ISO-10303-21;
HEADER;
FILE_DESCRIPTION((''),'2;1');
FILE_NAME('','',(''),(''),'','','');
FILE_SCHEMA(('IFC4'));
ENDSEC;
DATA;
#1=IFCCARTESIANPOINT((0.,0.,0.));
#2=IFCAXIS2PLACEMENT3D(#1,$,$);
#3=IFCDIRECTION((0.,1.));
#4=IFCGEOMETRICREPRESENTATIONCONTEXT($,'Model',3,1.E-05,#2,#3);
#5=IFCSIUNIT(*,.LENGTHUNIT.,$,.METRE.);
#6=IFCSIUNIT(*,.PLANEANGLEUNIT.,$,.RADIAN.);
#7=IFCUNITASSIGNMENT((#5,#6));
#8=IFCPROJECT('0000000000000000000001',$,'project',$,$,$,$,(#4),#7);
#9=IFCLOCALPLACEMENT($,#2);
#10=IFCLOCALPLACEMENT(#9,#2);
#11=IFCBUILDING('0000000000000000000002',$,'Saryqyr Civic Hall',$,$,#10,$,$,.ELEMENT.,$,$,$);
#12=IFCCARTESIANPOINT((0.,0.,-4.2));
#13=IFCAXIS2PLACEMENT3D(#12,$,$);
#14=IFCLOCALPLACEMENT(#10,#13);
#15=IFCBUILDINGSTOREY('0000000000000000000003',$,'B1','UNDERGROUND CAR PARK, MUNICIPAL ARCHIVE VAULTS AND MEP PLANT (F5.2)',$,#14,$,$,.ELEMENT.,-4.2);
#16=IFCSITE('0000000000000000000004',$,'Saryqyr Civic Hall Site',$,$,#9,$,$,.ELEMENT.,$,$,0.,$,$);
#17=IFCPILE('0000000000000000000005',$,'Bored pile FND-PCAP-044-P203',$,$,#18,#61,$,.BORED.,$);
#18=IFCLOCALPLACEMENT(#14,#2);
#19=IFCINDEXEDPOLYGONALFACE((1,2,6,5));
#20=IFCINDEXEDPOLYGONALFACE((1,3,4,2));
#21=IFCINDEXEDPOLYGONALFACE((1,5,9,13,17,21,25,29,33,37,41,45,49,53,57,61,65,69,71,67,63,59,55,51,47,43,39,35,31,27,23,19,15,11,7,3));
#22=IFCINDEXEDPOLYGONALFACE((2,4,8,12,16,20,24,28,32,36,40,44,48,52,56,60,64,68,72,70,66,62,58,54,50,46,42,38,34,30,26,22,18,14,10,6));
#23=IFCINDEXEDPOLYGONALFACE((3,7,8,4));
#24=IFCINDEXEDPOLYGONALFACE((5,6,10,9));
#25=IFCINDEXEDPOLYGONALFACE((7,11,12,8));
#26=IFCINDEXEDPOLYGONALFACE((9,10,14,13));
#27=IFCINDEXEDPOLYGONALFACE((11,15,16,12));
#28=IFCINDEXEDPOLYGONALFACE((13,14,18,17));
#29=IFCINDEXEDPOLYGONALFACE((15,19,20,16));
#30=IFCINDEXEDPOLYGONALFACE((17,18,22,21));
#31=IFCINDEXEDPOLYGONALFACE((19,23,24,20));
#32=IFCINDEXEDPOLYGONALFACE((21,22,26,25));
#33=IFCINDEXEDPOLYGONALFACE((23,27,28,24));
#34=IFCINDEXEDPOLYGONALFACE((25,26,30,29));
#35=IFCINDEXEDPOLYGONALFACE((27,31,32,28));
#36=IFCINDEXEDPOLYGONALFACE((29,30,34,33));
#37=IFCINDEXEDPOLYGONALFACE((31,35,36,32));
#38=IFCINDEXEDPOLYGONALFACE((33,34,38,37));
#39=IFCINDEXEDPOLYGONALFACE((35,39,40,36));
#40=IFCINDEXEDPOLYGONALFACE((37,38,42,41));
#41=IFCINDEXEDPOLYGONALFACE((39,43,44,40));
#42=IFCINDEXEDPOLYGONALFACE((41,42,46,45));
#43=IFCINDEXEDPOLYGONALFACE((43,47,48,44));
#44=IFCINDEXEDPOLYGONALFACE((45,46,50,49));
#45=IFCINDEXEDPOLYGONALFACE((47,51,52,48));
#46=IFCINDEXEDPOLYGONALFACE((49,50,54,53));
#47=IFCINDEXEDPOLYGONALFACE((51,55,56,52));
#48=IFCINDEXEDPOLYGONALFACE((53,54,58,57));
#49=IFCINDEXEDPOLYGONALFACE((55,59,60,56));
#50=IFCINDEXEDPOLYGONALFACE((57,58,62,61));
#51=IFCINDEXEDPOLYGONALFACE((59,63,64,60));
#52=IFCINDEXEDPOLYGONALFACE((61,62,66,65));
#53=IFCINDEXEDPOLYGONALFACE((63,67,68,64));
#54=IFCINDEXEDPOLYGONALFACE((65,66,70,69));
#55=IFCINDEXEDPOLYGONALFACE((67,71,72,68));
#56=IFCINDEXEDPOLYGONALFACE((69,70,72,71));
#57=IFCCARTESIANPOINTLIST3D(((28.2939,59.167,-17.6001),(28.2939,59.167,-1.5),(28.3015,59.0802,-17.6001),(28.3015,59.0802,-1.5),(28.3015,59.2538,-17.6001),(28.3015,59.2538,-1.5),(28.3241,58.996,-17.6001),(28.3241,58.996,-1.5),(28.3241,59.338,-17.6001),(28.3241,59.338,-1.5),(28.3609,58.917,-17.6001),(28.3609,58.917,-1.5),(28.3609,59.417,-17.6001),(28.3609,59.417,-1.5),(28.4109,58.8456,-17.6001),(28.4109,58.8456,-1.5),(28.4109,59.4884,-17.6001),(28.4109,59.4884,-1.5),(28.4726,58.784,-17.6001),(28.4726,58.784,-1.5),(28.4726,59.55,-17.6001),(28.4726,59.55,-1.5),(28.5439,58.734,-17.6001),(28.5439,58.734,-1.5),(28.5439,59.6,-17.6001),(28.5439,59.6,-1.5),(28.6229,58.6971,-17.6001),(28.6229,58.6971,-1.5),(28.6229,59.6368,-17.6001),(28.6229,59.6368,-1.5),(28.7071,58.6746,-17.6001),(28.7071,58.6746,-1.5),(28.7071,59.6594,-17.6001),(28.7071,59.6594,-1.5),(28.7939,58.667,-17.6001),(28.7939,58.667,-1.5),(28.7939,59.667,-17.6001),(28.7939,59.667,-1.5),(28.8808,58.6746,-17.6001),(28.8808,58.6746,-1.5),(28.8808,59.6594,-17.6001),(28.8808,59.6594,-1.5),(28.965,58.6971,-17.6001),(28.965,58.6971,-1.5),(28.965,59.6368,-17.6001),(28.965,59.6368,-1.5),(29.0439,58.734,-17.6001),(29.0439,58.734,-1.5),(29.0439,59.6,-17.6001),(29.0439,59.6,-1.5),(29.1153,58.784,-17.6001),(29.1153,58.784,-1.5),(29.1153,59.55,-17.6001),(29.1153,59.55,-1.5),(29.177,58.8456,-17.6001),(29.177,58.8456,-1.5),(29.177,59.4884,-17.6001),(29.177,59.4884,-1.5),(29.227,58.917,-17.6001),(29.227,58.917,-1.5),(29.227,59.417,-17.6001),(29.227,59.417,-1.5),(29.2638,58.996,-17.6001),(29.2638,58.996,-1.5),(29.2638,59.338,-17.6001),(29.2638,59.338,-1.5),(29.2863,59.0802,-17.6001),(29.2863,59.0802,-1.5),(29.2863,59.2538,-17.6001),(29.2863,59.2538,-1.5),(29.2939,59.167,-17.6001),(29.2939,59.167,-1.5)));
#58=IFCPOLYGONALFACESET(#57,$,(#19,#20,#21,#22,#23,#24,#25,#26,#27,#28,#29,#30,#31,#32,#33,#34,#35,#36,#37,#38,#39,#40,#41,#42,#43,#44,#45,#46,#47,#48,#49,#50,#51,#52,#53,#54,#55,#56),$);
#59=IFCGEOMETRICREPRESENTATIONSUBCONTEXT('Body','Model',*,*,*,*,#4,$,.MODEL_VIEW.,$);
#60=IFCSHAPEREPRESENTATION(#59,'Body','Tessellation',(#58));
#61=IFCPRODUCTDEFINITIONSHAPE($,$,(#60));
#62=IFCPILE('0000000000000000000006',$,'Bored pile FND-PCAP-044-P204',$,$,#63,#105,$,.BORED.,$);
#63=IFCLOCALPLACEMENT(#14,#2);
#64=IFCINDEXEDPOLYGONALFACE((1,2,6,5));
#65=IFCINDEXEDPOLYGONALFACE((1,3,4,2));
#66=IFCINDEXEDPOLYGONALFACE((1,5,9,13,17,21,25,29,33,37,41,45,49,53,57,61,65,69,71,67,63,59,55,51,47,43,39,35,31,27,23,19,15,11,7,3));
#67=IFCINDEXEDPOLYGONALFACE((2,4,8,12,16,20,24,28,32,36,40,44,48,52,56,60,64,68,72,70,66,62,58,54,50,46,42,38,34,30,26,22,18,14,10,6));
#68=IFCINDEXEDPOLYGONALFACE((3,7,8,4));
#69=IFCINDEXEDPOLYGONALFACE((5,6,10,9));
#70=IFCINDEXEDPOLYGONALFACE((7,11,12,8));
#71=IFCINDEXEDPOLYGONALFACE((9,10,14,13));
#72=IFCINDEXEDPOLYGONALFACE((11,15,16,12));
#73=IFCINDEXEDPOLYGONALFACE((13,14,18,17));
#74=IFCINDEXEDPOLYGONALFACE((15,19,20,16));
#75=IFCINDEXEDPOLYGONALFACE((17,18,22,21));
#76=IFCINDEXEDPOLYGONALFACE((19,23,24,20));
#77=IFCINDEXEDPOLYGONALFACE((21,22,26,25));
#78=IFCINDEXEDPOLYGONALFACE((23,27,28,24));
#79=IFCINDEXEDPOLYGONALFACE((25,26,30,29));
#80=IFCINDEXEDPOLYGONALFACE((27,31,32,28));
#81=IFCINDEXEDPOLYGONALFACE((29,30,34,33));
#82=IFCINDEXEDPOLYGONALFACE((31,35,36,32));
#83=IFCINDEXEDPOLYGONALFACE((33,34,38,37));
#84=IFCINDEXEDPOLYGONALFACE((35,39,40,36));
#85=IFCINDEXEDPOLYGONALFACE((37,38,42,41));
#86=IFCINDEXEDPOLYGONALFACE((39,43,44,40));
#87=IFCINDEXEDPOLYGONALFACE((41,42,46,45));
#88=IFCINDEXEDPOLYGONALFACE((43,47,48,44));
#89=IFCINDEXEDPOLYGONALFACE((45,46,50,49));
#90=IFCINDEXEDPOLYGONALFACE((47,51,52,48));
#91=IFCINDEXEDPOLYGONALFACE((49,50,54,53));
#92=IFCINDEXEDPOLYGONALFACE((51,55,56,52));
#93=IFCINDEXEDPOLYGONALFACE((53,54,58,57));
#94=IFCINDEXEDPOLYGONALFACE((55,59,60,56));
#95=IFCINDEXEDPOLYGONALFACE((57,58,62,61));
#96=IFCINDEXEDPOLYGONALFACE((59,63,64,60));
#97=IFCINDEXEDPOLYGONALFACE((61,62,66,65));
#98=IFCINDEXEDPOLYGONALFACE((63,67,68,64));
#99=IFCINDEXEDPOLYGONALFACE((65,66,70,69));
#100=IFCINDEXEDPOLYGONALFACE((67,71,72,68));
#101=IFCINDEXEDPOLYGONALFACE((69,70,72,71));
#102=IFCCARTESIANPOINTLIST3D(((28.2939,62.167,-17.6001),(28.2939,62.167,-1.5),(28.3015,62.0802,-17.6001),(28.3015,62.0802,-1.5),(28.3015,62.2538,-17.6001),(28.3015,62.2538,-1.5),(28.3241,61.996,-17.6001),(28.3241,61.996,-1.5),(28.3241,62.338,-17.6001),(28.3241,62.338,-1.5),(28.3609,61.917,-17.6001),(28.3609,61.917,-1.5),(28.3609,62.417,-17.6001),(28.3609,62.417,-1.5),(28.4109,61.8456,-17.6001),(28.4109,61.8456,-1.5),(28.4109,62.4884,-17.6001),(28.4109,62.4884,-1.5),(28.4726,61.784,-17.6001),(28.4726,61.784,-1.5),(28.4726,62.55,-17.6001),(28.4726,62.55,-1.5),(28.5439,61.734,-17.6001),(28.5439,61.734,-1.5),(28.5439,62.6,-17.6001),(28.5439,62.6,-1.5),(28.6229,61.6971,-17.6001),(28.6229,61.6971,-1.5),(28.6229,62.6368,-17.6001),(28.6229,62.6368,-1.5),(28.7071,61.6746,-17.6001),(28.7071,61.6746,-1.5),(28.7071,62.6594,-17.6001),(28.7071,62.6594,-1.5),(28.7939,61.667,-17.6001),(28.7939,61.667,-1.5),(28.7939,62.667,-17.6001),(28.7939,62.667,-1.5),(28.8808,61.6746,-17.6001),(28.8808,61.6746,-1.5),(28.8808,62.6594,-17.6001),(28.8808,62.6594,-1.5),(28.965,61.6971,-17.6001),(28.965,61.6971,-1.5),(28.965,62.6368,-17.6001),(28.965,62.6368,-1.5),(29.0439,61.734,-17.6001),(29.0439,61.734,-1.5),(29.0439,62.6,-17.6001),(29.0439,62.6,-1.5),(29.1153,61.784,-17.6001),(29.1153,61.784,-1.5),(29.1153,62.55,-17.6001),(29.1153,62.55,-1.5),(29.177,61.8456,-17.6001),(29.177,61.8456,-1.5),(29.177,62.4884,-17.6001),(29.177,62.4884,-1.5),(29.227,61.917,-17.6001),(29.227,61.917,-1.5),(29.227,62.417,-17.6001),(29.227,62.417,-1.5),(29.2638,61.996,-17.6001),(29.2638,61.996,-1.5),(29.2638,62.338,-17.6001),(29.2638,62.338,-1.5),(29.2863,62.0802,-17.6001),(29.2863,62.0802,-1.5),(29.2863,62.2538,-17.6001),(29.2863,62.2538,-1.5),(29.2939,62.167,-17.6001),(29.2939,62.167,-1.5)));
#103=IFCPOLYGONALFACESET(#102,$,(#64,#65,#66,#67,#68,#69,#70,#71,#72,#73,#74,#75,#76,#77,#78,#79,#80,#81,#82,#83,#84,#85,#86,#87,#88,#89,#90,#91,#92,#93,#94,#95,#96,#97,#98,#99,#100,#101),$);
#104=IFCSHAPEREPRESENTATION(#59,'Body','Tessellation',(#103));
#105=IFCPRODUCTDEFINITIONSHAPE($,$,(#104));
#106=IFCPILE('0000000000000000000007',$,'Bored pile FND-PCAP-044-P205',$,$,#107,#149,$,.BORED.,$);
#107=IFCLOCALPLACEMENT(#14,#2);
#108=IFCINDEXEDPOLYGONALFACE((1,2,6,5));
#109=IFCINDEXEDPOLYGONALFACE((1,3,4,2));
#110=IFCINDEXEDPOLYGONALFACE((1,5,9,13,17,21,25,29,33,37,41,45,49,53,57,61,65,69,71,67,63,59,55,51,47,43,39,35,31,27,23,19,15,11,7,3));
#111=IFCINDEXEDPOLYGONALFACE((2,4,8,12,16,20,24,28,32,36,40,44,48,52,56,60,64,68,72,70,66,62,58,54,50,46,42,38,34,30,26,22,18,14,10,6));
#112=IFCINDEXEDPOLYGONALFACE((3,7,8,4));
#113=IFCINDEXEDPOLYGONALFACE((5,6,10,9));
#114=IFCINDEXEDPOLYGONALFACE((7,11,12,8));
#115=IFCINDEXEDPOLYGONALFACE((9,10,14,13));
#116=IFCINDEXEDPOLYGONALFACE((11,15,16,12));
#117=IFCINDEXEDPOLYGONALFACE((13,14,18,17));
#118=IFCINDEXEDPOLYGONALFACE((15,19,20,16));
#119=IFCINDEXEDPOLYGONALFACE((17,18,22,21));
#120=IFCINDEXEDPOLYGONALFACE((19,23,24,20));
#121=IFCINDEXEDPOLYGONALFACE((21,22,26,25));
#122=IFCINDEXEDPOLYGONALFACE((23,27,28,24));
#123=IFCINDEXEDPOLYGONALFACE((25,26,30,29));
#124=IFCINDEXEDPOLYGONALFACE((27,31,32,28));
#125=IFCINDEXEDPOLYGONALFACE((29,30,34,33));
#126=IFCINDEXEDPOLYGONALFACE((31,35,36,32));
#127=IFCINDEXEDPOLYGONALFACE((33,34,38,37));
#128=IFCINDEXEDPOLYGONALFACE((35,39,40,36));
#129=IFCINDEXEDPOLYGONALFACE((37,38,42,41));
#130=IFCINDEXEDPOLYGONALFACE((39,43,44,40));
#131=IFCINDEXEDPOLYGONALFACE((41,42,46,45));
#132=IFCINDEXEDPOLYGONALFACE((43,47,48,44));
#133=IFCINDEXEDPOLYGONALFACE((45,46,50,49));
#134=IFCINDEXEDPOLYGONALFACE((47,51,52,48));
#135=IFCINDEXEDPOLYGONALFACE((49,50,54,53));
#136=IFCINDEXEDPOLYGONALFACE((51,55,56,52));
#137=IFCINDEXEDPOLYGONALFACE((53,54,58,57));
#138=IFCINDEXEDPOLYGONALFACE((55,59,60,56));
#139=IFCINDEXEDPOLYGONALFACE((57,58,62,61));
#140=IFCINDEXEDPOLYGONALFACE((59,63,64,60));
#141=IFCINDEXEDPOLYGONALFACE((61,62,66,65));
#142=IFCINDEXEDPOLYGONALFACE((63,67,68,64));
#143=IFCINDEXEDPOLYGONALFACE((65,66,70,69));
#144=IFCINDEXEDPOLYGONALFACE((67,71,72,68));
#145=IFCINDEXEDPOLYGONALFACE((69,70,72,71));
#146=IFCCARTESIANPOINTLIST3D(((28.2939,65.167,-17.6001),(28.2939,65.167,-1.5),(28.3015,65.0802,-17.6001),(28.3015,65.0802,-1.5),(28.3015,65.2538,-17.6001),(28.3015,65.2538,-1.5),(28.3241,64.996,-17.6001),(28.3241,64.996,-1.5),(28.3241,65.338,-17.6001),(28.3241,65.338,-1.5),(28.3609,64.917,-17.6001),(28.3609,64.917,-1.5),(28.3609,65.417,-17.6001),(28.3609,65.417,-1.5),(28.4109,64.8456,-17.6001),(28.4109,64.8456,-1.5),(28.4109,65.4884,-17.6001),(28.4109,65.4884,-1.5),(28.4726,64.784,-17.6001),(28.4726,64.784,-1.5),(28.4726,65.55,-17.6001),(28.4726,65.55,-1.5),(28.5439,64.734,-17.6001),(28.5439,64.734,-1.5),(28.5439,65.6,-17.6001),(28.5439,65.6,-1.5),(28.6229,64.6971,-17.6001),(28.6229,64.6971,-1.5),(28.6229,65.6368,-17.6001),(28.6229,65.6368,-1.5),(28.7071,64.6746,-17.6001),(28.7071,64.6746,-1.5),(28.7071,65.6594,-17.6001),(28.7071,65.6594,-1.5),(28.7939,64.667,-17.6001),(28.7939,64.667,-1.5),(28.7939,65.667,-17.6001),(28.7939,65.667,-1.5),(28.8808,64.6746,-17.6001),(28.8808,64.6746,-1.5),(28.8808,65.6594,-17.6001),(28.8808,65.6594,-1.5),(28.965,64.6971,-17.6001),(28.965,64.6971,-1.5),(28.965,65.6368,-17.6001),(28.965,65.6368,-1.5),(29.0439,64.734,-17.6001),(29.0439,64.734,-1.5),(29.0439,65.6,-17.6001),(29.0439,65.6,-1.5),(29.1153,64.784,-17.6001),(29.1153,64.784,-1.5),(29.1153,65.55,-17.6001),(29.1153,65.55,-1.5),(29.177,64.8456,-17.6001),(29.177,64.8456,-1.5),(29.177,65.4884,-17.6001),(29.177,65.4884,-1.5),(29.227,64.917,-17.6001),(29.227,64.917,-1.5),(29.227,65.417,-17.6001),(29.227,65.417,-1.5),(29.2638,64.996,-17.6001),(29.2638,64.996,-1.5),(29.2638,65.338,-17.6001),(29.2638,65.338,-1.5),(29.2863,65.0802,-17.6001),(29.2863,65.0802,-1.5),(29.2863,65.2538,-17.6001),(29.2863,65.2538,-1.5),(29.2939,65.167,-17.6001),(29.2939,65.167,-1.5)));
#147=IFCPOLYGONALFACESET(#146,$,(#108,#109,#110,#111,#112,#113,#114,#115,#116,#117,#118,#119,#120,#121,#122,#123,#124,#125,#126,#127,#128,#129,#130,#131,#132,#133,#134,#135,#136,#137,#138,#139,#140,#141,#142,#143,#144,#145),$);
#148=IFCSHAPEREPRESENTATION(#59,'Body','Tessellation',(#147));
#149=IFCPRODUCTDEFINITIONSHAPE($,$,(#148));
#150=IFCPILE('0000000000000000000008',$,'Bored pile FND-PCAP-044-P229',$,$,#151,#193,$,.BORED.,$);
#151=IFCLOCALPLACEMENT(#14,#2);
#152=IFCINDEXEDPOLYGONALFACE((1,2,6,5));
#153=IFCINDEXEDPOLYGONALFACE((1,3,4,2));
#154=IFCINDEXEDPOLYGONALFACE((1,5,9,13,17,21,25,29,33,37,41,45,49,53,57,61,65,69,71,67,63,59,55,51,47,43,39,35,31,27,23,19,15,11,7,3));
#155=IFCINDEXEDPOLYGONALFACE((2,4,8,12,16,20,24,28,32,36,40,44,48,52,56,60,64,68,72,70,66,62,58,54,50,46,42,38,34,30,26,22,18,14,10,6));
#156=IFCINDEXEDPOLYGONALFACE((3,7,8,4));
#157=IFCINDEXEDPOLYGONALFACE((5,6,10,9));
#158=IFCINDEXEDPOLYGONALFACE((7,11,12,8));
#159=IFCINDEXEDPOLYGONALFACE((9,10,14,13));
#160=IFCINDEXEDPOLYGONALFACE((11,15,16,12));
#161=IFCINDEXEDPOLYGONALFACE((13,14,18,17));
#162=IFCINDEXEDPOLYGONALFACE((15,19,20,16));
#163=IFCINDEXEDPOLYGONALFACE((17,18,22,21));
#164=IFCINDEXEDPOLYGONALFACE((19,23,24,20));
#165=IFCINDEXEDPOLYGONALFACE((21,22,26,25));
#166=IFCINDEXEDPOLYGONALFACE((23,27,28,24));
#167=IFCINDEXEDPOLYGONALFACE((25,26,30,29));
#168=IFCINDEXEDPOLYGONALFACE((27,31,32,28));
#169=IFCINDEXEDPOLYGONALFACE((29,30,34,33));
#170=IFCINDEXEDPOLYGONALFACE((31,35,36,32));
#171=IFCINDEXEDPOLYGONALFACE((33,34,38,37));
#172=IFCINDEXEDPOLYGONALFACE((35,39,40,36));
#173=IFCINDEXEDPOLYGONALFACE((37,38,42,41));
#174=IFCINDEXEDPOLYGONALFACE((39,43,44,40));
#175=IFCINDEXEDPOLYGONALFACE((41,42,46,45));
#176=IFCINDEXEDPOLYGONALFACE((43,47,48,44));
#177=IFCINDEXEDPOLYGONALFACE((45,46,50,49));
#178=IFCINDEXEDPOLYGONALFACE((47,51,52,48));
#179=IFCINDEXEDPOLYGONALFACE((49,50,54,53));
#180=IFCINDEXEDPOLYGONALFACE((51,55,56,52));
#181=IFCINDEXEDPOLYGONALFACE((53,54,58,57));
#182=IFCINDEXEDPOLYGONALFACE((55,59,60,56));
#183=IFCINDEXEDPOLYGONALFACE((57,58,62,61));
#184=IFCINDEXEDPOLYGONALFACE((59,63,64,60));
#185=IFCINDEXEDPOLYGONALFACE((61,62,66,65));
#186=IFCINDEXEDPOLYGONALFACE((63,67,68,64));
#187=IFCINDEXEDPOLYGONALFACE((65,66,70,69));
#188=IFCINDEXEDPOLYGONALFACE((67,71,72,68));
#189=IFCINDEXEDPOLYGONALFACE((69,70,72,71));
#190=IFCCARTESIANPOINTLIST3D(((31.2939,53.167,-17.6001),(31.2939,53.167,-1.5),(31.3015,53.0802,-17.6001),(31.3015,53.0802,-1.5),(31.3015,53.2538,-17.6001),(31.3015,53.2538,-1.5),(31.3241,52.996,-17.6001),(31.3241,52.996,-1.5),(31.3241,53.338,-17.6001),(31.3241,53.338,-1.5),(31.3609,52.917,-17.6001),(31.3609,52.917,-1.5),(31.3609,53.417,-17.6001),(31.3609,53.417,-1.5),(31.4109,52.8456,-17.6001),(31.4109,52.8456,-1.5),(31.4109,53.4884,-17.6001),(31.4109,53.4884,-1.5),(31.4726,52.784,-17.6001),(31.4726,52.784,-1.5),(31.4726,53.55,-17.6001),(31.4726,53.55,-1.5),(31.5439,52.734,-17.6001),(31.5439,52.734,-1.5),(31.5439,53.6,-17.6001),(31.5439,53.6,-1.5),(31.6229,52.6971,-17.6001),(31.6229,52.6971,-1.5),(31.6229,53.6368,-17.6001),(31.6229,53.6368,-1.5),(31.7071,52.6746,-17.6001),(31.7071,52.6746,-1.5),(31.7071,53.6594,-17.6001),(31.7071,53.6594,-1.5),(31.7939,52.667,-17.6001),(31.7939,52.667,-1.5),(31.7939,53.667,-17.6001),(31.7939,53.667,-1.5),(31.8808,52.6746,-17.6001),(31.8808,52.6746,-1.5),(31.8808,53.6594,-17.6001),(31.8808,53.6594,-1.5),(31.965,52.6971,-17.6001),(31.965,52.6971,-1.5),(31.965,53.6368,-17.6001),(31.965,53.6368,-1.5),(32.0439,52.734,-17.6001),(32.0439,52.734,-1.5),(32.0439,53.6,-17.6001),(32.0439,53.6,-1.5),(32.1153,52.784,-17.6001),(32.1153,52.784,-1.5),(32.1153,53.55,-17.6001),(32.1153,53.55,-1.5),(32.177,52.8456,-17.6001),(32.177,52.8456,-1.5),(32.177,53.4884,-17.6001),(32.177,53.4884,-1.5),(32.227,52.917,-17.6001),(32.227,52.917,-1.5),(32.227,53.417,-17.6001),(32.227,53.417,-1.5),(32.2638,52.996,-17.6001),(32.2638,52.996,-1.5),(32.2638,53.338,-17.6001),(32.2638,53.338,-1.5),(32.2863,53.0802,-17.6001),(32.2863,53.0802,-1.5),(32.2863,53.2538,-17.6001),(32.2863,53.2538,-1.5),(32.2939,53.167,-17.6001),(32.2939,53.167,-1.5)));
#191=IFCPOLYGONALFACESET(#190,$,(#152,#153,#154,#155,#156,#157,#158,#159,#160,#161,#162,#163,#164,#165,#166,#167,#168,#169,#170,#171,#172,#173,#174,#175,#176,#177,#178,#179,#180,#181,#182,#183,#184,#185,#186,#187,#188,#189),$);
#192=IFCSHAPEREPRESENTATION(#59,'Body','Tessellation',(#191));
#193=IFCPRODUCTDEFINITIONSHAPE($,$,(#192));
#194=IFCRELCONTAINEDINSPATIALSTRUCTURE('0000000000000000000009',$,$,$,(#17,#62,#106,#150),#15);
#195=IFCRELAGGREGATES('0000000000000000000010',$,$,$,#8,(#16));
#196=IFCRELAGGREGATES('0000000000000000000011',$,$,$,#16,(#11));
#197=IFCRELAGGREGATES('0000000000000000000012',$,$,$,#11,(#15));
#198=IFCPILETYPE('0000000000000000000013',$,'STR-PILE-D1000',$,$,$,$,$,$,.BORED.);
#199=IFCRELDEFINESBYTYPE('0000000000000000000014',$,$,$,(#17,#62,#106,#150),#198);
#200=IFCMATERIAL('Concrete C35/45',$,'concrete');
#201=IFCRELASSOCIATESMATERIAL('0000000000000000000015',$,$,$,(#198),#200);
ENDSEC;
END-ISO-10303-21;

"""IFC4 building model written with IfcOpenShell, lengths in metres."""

from ifc_helpers import new_model, si_unit, direction, frame, origin, origin_2d, place, context, subcontext, project, spatial, circle, extrude, material, material_profile, profile_set, type_object, element, save


model = new_model("IFC4")

# Units and contexts
model_context = context("Model", 3, precision=1e-05, world=origin(), true_north=direction((0.0, 1.0)))
body_context = subcontext(model_context, "Body", "Model", "MODEL_VIEW")
ifc_project = project(units=[si_unit("LENGTHUNIT", "METRE"), si_unit("PLANEANGLEUNIT", "RADIAN")], contexts=[model_context])

# Site, building, storey
site_placement = place(None, origin())
site = spatial("IfcSite", under=ifc_project, at=site_placement, Name="Saryqyr Civic Hall Site", CompositionType="ELEMENT", RefElevation=0.0)
building_placement = place(site_placement, origin())
building = spatial("IfcBuilding", under=site, at=building_placement, Name="Saryqyr Civic Hall", CompositionType="ELEMENT")
storey_placement = place(building_placement, frame((0.0, 0.0, -4.2)))
storey = spatial("IfcBuildingStorey", under=building, at=storey_placement, Name="B1", Description="UNDERGROUND CAR PARK, MUNICIPAL ARCHIVE VAULTS AND MEP PLANT (F5.2)", CompositionType="ELEMENT", Elevation=-4.2)

# Piles
ifc_material_1 = material(Name="Concrete C35/45", Category="concrete")
ifc_material_profile_1 = material_profile(ifc_material_1, circle(Radius=0.5, at=origin_2d()), Name="BORED PILE D1000")
ifc_profile_set_1 = profile_set([ifc_material_profile_1], Name="Concrete C35/45")
pile_type = type_object("IfcPileType", Name="STR-PILE-D1000", PredefinedType="BORED", material=ifc_profile_set_1)
for number, where, z_axis, x_axis, name in (
    (1, (28.7939, 59.167, -1.5), (0.0, 0.0, -1.0), (1.0, 0.0, 0.0), "Bored pile FND-PCAP-044-P203"),
    (2, (28.7939, 62.167, -1.5), (0.0, 0.0, -1.0), (1.0, 0.0, 0.0), "Bored pile FND-PCAP-044-P204"),
    (3, (28.7939, 65.167, -1.5), (0.0, 0.0, -1.0), (1.0, 0.0, 0.0), "Bored pile FND-PCAP-044-P205"),
    (4, (31.7939, 53.167, -1.5), (0.0, 0.0, -1.0), (1.0, 0.0, 0.0), "Bored pile FND-PCAP-044-P229"),
):
    element("IfcPile", number, at=place(storey_placement, frame(where, z_axis=z_axis, x_axis=x_axis)), inside=storey, type_object=pile_type, Name=name, PredefinedType="BORED", context=body_context, shape_type="SweptSolid", body=[
        extrude(circle(Radius=0.5, at=origin_2d()), origin(), (0.0, 0.0, 1.0), 16.1001),
    ])

save(model, "model.ifc")
